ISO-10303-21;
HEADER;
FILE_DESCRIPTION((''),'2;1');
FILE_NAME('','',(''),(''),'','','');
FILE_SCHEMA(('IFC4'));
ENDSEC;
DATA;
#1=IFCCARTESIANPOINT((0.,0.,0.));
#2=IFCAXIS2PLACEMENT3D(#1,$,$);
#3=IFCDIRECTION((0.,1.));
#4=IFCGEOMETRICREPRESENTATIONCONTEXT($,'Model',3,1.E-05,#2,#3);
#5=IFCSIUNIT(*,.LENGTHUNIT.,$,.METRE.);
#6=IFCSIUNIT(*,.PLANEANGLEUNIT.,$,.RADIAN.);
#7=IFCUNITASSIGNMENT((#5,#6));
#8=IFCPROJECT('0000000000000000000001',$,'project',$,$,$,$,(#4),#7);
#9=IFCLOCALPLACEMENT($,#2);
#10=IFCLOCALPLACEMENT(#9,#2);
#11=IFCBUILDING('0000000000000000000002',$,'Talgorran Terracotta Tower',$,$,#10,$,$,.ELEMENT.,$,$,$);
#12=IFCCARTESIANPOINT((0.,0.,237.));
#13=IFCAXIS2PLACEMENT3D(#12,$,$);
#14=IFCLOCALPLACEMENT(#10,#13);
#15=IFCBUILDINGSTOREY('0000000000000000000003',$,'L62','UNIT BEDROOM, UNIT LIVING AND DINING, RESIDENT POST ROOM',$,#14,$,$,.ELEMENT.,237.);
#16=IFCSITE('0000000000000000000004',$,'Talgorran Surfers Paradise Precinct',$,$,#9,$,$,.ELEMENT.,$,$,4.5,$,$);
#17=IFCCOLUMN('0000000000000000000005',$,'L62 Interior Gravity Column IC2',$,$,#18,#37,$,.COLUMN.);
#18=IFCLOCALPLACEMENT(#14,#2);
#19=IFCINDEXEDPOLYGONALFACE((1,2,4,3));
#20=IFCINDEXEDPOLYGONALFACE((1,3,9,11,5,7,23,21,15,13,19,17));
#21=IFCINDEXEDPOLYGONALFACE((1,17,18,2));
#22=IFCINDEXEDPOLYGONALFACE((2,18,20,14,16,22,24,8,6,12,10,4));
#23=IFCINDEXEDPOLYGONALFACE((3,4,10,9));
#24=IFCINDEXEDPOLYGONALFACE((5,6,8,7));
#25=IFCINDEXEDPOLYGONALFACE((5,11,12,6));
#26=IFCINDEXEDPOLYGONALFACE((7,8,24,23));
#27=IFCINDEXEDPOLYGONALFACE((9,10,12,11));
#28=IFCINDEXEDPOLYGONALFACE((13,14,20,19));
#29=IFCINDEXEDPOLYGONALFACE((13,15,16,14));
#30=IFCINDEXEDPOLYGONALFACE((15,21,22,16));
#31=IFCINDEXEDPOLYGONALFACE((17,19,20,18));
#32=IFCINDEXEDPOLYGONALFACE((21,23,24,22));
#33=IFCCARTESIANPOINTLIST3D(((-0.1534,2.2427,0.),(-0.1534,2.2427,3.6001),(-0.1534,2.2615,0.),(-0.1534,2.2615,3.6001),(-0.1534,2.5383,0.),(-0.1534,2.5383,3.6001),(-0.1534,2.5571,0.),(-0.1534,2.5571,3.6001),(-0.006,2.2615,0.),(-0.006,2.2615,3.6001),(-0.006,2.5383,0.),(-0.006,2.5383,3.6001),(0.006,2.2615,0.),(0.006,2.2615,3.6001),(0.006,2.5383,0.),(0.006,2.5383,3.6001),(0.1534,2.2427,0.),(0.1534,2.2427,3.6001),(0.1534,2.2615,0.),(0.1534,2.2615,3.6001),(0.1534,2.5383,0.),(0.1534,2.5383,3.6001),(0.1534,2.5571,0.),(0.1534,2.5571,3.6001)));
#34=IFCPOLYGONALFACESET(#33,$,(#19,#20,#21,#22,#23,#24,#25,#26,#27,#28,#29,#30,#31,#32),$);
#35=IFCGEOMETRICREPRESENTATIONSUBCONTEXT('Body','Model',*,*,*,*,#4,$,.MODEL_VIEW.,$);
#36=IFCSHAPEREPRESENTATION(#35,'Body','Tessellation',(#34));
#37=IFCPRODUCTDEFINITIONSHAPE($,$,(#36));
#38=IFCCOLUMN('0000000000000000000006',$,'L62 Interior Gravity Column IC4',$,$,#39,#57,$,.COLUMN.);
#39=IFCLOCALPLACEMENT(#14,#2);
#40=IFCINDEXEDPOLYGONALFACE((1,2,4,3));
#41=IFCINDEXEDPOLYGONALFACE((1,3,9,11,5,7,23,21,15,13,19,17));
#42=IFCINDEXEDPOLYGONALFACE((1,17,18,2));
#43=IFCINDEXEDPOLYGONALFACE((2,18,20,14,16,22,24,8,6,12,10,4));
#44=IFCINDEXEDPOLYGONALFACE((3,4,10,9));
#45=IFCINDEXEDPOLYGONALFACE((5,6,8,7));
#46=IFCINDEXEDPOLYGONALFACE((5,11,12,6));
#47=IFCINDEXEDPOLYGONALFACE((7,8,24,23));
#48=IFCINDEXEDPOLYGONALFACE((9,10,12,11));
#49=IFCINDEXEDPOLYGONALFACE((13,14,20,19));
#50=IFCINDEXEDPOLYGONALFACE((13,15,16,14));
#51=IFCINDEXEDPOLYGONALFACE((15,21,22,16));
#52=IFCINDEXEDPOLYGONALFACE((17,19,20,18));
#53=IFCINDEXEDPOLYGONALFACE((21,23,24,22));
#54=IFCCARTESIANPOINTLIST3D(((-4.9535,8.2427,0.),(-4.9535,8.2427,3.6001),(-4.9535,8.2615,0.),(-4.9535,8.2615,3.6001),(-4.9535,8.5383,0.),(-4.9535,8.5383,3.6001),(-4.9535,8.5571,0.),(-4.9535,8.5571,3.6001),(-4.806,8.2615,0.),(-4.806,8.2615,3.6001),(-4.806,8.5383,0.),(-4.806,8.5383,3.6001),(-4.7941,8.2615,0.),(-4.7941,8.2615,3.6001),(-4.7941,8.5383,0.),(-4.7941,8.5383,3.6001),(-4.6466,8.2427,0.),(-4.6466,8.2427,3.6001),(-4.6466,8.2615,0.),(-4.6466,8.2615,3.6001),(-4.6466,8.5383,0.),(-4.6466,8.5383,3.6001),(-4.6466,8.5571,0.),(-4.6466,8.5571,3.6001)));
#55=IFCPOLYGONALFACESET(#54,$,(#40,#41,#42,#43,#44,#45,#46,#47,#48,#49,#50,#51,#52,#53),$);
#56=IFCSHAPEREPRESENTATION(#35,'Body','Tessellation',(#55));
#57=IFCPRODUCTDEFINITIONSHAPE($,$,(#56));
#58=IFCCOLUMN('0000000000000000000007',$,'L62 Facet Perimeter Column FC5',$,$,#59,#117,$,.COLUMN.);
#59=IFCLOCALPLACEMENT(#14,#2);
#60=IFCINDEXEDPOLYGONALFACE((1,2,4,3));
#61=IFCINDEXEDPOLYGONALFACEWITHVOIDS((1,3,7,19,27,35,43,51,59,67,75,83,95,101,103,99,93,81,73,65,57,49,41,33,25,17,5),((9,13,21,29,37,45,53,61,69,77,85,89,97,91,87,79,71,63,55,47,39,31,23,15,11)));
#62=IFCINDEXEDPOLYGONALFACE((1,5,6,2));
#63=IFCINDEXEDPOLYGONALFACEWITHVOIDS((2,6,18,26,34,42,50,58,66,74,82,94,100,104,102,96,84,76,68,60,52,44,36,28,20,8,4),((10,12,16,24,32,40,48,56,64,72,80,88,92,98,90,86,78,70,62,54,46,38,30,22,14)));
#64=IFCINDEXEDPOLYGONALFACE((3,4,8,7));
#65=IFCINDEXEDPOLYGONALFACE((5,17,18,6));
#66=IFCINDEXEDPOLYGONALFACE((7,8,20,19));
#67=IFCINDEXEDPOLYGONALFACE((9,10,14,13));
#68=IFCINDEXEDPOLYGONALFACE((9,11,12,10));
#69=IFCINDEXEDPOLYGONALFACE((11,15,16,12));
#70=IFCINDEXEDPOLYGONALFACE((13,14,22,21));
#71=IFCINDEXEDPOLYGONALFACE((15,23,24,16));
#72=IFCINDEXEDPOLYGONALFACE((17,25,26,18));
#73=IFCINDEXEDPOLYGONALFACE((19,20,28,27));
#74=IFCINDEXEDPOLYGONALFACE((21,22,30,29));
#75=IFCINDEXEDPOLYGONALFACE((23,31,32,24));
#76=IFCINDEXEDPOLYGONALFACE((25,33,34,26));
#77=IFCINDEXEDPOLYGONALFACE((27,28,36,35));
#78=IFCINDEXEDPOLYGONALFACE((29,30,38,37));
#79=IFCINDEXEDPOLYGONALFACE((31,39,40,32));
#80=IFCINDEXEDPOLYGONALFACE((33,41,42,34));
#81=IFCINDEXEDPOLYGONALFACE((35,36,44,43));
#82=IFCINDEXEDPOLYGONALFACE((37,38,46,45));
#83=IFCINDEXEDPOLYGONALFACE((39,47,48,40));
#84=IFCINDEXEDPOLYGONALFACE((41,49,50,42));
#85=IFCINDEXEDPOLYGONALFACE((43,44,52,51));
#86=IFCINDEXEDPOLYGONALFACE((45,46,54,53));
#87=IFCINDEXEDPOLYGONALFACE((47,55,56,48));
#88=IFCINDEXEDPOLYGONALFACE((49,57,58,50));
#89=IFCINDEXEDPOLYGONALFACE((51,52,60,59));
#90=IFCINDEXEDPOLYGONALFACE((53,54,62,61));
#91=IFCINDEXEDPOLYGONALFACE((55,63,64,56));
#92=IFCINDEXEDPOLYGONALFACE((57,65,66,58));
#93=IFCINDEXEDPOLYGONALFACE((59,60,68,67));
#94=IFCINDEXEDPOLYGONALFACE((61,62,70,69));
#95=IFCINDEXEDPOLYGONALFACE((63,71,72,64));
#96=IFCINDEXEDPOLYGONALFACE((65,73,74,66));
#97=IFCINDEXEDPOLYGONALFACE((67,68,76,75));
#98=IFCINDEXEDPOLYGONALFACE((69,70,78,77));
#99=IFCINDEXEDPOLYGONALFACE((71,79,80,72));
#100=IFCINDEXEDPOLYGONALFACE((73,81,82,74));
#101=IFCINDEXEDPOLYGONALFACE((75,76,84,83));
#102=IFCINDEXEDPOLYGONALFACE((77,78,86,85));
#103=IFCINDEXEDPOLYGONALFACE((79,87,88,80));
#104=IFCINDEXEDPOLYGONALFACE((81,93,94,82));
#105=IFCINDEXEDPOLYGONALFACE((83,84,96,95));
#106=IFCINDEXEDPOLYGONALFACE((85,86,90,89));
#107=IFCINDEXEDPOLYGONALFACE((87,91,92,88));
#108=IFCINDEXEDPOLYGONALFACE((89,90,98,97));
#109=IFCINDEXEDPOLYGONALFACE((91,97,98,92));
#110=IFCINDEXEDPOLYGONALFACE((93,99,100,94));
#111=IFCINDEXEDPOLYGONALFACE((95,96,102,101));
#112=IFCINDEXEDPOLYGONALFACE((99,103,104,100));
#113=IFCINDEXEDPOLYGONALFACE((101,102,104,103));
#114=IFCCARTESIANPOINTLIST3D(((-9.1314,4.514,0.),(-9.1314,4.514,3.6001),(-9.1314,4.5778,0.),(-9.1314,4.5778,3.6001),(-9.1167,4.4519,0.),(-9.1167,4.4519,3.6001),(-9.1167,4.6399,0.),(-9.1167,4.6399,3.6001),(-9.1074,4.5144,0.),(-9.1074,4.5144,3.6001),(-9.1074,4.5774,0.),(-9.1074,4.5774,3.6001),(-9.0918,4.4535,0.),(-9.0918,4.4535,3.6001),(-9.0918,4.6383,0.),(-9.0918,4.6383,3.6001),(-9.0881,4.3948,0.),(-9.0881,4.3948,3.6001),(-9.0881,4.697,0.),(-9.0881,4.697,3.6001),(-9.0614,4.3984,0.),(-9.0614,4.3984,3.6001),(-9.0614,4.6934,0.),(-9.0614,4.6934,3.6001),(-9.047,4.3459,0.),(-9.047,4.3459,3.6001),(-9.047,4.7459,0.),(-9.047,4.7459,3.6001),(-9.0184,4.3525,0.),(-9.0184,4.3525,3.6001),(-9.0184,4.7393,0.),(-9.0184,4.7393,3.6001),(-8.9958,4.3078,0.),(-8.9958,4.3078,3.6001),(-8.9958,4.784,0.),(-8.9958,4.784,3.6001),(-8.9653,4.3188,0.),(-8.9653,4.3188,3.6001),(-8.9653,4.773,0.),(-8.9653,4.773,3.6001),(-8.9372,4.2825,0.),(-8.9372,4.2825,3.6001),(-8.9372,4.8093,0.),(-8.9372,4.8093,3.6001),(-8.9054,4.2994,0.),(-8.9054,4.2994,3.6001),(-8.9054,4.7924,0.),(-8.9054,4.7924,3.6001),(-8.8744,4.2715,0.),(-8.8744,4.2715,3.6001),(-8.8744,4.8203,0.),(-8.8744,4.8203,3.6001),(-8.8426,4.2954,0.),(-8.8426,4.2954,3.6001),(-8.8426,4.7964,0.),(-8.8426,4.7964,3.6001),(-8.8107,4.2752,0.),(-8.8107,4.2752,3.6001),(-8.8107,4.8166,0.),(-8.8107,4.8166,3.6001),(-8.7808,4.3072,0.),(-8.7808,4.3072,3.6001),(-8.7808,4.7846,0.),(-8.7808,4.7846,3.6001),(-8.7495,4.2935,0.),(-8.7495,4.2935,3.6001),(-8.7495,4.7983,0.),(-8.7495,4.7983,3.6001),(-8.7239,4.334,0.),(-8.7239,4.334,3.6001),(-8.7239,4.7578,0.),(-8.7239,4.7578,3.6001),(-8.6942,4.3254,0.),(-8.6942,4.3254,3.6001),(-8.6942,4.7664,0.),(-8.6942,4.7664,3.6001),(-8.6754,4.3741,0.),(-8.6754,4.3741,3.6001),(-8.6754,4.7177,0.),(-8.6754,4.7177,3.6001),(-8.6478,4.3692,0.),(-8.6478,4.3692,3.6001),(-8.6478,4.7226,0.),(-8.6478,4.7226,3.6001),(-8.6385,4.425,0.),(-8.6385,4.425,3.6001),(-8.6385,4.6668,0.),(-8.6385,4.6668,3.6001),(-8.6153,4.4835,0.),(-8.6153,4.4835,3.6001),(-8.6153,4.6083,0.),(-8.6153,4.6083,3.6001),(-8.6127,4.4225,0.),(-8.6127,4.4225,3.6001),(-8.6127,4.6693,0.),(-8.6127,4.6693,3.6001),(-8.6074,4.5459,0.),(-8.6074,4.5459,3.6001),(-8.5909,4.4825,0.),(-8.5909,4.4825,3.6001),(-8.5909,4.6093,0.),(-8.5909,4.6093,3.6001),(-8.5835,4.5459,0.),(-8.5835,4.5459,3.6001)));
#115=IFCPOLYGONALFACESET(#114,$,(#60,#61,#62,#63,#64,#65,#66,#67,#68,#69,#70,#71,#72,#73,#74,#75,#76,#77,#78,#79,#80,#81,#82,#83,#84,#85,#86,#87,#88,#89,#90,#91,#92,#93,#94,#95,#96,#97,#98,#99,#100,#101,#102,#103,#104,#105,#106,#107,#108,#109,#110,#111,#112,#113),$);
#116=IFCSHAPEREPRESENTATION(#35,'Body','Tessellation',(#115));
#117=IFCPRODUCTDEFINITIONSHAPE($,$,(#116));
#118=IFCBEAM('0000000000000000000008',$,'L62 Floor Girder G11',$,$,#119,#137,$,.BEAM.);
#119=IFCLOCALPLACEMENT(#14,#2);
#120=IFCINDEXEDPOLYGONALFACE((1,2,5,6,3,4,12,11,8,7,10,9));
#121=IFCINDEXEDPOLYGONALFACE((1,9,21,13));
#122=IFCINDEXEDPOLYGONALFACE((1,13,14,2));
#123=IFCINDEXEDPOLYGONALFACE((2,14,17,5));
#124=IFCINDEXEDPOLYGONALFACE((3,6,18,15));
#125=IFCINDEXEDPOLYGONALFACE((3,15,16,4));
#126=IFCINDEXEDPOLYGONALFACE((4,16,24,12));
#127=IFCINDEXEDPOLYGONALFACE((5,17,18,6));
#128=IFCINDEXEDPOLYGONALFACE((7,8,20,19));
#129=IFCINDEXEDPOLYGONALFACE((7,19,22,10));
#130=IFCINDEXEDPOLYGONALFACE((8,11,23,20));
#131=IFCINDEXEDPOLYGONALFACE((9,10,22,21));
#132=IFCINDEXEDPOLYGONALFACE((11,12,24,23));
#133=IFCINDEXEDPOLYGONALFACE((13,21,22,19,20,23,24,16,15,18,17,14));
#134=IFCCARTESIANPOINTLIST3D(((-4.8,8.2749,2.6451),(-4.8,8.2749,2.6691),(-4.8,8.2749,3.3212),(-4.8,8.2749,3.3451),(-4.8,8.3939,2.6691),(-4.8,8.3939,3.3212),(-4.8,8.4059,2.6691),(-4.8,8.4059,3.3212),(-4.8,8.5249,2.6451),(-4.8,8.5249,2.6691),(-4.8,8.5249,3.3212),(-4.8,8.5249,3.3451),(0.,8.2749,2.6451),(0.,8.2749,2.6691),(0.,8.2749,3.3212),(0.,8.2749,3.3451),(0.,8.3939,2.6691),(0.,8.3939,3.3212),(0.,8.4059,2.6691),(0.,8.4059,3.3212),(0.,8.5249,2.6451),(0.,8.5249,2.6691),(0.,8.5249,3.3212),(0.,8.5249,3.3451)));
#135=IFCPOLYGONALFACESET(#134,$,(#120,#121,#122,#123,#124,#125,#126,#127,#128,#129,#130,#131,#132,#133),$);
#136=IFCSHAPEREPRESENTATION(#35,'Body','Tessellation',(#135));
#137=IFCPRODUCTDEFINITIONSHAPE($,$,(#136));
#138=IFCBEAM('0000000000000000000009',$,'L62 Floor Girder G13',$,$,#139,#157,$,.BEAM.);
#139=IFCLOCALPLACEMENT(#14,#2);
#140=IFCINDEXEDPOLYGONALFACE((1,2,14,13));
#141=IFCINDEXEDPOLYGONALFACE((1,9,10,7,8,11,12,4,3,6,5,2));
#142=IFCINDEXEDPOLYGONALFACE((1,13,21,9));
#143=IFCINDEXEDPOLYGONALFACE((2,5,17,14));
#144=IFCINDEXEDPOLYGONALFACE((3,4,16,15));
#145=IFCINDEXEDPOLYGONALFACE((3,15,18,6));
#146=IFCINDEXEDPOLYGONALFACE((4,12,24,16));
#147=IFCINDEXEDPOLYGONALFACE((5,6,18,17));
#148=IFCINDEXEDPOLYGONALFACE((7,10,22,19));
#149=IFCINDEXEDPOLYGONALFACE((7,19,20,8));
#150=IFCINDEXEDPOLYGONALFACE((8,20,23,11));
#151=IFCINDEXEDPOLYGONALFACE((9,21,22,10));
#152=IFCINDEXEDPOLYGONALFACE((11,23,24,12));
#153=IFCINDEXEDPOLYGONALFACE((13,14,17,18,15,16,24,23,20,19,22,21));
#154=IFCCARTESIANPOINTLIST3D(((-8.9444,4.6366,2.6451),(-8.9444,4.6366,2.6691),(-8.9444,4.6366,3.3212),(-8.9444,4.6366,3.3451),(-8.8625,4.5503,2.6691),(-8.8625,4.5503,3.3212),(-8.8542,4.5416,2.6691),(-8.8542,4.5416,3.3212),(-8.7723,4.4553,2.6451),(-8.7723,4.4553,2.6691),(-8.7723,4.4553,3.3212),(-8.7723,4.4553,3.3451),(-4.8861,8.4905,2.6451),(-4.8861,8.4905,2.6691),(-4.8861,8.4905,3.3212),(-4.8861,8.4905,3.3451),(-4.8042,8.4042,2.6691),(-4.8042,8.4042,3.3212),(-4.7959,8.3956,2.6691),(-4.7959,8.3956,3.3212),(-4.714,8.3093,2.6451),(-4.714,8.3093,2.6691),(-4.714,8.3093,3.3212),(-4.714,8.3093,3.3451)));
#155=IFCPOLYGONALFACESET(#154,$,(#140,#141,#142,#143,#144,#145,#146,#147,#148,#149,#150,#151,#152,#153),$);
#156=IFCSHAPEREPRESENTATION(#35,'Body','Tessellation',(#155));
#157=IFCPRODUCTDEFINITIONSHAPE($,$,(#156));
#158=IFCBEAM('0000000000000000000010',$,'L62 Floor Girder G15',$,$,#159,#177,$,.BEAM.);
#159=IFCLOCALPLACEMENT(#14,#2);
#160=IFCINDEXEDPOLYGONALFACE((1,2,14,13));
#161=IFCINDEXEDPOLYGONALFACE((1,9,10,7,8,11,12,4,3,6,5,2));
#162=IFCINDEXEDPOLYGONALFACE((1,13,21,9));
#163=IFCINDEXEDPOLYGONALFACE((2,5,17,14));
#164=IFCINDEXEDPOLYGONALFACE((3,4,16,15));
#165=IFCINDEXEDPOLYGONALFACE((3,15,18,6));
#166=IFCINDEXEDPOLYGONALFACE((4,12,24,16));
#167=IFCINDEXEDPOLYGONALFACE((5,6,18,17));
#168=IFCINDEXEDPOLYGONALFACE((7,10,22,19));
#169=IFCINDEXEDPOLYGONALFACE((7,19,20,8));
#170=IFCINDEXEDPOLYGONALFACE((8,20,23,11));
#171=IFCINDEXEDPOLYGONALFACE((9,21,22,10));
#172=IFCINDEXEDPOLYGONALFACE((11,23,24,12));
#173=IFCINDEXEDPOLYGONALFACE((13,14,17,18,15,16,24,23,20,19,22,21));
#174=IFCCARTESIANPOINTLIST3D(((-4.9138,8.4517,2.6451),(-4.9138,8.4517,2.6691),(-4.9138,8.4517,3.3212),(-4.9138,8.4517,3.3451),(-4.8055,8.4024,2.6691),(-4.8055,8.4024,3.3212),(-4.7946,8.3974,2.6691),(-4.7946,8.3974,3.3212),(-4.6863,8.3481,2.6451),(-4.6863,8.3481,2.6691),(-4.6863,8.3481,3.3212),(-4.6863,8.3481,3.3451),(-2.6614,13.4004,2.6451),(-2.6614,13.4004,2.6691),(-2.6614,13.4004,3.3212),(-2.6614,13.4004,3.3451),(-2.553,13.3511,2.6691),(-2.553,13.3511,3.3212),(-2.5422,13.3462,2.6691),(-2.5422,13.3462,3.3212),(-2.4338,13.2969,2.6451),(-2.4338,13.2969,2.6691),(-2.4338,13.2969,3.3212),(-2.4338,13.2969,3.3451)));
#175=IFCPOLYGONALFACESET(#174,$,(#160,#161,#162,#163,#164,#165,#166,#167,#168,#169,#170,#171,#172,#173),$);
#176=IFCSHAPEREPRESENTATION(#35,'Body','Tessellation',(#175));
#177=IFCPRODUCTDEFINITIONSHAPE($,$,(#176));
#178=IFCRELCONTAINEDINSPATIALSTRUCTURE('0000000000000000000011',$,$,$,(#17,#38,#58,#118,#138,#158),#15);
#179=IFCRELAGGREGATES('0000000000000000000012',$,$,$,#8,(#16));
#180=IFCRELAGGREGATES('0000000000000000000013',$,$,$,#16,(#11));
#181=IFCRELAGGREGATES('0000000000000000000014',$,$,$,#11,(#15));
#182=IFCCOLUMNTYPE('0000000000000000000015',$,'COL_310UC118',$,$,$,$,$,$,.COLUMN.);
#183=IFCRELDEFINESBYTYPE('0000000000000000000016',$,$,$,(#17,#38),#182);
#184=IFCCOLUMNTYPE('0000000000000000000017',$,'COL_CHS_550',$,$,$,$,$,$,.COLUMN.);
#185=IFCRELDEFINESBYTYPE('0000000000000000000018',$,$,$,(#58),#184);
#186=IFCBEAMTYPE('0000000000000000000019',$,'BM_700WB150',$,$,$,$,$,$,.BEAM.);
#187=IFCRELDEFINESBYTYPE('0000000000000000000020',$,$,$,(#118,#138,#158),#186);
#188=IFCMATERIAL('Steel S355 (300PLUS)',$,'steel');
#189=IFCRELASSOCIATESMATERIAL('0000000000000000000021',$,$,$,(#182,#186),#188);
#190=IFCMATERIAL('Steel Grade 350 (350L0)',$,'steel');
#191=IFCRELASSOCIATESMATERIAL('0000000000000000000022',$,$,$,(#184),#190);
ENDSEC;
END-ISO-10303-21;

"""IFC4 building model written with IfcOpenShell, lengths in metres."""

from ifc_helpers import new_model, si_unit, direction, frame, origin, origin_2d, place, context, subcontext, project, spatial, hollow_circle, i_section, extrude, material, material_profile, profile_set, type_object, element, save


model = new_model("IFC4")

# Units and contexts
model_context = context("Model", 3, precision=1e-05, world=origin(), true_north=direction((0.0, 1.0)))
body_context = subcontext(model_context, "Body", "Model", "MODEL_VIEW")
ifc_project = project(units=[si_unit("LENGTHUNIT", "METRE"), si_unit("PLANEANGLEUNIT", "RADIAN")], contexts=[model_context])

# Site, building, storey
site_placement = place(None, origin())
site = spatial("IfcSite", under=ifc_project, at=site_placement, Name="Talgorran Surfers Paradise Precinct", CompositionType="ELEMENT", RefElevation=4.5)
building_placement = place(site_placement, origin())
building = spatial("IfcBuilding", under=site, at=building_placement, Name="Talgorran Terracotta Tower", CompositionType="ELEMENT")
storey_placement = place(building_placement, frame((0.0, 0.0, 237.0)))
storey = spatial("IfcBuildingStorey", under=building, at=storey_placement, Name="L62", Description="UNIT BEDROOM, UNIT LIVING AND DINING, RESIDENT POST ROOM", CompositionType="ELEMENT", Elevation=237.0)

# Columns
ifc_material_1 = material(Name="Steel S355 (300PLUS)", Category="steel")
ifc_material_profile_1 = material_profile(ifc_material_1, i_section(OverallWidth=0.3069, OverallDepth=0.3145, WebThickness=0.012, FlangeThickness=0.0188, at=origin_2d()), Name="310UC118")
ifc_profile_set_1 = profile_set([ifc_material_profile_1], Name="Steel S355 (300PLUS)")
column_type_1 = type_object("IfcColumnType", Name="COL_310UC118", PredefinedType="COLUMN", material=ifc_profile_set_1)
for number, where, z_axis, x_axis, name in (
    (1, (0.0, 2.3999, 0.0), (0.0, 0.0, 1.0), (1.0, 0.0, 0.0), "L62 Interior Gravity Column IC2"),
    (2, (-4.8, 8.3999, 0.0), (0.0, 0.0, 1.0), (1.0, 0.0, 0.0), "L62 Interior Gravity Column IC4"),
):
    element("IfcColumn", number, at=place(storey_placement, frame(where, z_axis=z_axis, x_axis=x_axis)), inside=storey, type_object=column_type_1, Name=name, PredefinedType="COLUMN", context=body_context, shape_type="SweptSolid", body=[
        extrude(i_section(OverallWidth=0.3069, OverallDepth=0.3145, WebThickness=0.012, FlangeThickness=0.0188, at=origin_2d()), origin(), (0.0, 0.0, 1.0), 3.6001),
    ])
ifc_material_2 = material(Name="Steel Grade 350 (350L0)", Category="steel")
ifc_material_profile_2 = material_profile(ifc_material_2, hollow_circle(Radius=0.2749, WallThickness=0.0239, at=origin_2d()), Name="CHS550X24")
ifc_profile_set_2 = profile_set([ifc_material_profile_2], Name="Steel Grade 350 (350L0)")
column_type_2 = type_object("IfcColumnType", Name="COL_CHS_550", PredefinedType="COLUMN", material=ifc_profile_set_2)
column_placement = place(storey_placement, frame((-8.8584, 4.5459, 0.0), z_axis=(0.0, 0.0, 1.0), x_axis=(1.0, 0.0, 0.0)))
element("IfcColumn", 3, at=column_placement, inside=storey, type_object=column_type_2, Name="L62 Facet Perimeter Column FC5", PredefinedType="COLUMN", context=body_context, shape_type="SweptSolid", body=[
    extrude(hollow_circle(Radius=0.2749, WallThickness=0.0239, at=origin_2d()), origin(), (0.0, 0.0, 1.0), 3.6001),
])

# Beams
ifc_material_profile_3 = material_profile(ifc_material_1, i_section(OverallWidth=0.25, OverallDepth=0.7, WebThickness=0.012, FlangeThickness=0.0239, at=origin_2d()), Name="700WB150")
ifc_profile_set_3 = profile_set([ifc_material_profile_3], Name="Steel S355 (300PLUS)")
beam_type_1 = type_object("IfcBeamType", Name="BM_700WB150", PredefinedType="BEAM", material=ifc_profile_set_3)
beam_1_placement = place(storey_placement, frame((-4.8, 8.3999, 2.9951), z_axis=(1.0, 0.0, 0.0), x_axis=(0.0, 1.0, 0.0)))
element("IfcBeam", 4, at=beam_1_placement, inside=storey, type_object=beam_type_1, Name="L62 Floor Girder G11", PredefinedType="BEAM", context=body_context, shape_type="SweptSolid", body=[
    extrude(i_section(OverallWidth=0.25, OverallDepth=0.7, WebThickness=0.012, FlangeThickness=0.0239, at=origin_2d()), origin(), (0.0, 0.0, 1.0), 4.8),
])
beam_2_placement = place(storey_placement, frame((-4.8, 8.3999, 2.9951), z_axis=(-0.725127, -0.688615, 0.0), x_axis=(0.688615, -0.725127, 0.0)))
element("IfcBeam", 5, at=beam_2_placement, inside=storey, type_object=beam_type_1, Name="L62 Floor Girder G13", PredefinedType="BEAM", context=body_context, shape_type="SweptSolid", body=[
    extrude(i_section(OverallWidth=0.25, OverallDepth=0.7, WebThickness=0.012, FlangeThickness=0.0239, at=origin_2d()), origin(), (0.0, 0.0, 1.0), 5.5967),
])
beam_3_placement = place(storey_placement, frame((-4.8, 8.3999, 2.9951), z_axis=(0.414263, 0.910157, 0.0), x_axis=(-0.910157, 0.414263, 0.0)))
element("IfcBeam", 6, at=beam_3_placement, inside=storey, type_object=beam_type_1, Name="L62 Floor Girder G15", PredefinedType="BEAM", context=body_context, shape_type="SweptSolid", body=[
    extrude(i_section(OverallWidth=0.25, OverallDepth=0.7, WebThickness=0.012, FlangeThickness=0.0239, at=origin_2d()), origin(), (0.0, 0.0, 1.0), 5.4373),
])

save(model, "model.ifc")
